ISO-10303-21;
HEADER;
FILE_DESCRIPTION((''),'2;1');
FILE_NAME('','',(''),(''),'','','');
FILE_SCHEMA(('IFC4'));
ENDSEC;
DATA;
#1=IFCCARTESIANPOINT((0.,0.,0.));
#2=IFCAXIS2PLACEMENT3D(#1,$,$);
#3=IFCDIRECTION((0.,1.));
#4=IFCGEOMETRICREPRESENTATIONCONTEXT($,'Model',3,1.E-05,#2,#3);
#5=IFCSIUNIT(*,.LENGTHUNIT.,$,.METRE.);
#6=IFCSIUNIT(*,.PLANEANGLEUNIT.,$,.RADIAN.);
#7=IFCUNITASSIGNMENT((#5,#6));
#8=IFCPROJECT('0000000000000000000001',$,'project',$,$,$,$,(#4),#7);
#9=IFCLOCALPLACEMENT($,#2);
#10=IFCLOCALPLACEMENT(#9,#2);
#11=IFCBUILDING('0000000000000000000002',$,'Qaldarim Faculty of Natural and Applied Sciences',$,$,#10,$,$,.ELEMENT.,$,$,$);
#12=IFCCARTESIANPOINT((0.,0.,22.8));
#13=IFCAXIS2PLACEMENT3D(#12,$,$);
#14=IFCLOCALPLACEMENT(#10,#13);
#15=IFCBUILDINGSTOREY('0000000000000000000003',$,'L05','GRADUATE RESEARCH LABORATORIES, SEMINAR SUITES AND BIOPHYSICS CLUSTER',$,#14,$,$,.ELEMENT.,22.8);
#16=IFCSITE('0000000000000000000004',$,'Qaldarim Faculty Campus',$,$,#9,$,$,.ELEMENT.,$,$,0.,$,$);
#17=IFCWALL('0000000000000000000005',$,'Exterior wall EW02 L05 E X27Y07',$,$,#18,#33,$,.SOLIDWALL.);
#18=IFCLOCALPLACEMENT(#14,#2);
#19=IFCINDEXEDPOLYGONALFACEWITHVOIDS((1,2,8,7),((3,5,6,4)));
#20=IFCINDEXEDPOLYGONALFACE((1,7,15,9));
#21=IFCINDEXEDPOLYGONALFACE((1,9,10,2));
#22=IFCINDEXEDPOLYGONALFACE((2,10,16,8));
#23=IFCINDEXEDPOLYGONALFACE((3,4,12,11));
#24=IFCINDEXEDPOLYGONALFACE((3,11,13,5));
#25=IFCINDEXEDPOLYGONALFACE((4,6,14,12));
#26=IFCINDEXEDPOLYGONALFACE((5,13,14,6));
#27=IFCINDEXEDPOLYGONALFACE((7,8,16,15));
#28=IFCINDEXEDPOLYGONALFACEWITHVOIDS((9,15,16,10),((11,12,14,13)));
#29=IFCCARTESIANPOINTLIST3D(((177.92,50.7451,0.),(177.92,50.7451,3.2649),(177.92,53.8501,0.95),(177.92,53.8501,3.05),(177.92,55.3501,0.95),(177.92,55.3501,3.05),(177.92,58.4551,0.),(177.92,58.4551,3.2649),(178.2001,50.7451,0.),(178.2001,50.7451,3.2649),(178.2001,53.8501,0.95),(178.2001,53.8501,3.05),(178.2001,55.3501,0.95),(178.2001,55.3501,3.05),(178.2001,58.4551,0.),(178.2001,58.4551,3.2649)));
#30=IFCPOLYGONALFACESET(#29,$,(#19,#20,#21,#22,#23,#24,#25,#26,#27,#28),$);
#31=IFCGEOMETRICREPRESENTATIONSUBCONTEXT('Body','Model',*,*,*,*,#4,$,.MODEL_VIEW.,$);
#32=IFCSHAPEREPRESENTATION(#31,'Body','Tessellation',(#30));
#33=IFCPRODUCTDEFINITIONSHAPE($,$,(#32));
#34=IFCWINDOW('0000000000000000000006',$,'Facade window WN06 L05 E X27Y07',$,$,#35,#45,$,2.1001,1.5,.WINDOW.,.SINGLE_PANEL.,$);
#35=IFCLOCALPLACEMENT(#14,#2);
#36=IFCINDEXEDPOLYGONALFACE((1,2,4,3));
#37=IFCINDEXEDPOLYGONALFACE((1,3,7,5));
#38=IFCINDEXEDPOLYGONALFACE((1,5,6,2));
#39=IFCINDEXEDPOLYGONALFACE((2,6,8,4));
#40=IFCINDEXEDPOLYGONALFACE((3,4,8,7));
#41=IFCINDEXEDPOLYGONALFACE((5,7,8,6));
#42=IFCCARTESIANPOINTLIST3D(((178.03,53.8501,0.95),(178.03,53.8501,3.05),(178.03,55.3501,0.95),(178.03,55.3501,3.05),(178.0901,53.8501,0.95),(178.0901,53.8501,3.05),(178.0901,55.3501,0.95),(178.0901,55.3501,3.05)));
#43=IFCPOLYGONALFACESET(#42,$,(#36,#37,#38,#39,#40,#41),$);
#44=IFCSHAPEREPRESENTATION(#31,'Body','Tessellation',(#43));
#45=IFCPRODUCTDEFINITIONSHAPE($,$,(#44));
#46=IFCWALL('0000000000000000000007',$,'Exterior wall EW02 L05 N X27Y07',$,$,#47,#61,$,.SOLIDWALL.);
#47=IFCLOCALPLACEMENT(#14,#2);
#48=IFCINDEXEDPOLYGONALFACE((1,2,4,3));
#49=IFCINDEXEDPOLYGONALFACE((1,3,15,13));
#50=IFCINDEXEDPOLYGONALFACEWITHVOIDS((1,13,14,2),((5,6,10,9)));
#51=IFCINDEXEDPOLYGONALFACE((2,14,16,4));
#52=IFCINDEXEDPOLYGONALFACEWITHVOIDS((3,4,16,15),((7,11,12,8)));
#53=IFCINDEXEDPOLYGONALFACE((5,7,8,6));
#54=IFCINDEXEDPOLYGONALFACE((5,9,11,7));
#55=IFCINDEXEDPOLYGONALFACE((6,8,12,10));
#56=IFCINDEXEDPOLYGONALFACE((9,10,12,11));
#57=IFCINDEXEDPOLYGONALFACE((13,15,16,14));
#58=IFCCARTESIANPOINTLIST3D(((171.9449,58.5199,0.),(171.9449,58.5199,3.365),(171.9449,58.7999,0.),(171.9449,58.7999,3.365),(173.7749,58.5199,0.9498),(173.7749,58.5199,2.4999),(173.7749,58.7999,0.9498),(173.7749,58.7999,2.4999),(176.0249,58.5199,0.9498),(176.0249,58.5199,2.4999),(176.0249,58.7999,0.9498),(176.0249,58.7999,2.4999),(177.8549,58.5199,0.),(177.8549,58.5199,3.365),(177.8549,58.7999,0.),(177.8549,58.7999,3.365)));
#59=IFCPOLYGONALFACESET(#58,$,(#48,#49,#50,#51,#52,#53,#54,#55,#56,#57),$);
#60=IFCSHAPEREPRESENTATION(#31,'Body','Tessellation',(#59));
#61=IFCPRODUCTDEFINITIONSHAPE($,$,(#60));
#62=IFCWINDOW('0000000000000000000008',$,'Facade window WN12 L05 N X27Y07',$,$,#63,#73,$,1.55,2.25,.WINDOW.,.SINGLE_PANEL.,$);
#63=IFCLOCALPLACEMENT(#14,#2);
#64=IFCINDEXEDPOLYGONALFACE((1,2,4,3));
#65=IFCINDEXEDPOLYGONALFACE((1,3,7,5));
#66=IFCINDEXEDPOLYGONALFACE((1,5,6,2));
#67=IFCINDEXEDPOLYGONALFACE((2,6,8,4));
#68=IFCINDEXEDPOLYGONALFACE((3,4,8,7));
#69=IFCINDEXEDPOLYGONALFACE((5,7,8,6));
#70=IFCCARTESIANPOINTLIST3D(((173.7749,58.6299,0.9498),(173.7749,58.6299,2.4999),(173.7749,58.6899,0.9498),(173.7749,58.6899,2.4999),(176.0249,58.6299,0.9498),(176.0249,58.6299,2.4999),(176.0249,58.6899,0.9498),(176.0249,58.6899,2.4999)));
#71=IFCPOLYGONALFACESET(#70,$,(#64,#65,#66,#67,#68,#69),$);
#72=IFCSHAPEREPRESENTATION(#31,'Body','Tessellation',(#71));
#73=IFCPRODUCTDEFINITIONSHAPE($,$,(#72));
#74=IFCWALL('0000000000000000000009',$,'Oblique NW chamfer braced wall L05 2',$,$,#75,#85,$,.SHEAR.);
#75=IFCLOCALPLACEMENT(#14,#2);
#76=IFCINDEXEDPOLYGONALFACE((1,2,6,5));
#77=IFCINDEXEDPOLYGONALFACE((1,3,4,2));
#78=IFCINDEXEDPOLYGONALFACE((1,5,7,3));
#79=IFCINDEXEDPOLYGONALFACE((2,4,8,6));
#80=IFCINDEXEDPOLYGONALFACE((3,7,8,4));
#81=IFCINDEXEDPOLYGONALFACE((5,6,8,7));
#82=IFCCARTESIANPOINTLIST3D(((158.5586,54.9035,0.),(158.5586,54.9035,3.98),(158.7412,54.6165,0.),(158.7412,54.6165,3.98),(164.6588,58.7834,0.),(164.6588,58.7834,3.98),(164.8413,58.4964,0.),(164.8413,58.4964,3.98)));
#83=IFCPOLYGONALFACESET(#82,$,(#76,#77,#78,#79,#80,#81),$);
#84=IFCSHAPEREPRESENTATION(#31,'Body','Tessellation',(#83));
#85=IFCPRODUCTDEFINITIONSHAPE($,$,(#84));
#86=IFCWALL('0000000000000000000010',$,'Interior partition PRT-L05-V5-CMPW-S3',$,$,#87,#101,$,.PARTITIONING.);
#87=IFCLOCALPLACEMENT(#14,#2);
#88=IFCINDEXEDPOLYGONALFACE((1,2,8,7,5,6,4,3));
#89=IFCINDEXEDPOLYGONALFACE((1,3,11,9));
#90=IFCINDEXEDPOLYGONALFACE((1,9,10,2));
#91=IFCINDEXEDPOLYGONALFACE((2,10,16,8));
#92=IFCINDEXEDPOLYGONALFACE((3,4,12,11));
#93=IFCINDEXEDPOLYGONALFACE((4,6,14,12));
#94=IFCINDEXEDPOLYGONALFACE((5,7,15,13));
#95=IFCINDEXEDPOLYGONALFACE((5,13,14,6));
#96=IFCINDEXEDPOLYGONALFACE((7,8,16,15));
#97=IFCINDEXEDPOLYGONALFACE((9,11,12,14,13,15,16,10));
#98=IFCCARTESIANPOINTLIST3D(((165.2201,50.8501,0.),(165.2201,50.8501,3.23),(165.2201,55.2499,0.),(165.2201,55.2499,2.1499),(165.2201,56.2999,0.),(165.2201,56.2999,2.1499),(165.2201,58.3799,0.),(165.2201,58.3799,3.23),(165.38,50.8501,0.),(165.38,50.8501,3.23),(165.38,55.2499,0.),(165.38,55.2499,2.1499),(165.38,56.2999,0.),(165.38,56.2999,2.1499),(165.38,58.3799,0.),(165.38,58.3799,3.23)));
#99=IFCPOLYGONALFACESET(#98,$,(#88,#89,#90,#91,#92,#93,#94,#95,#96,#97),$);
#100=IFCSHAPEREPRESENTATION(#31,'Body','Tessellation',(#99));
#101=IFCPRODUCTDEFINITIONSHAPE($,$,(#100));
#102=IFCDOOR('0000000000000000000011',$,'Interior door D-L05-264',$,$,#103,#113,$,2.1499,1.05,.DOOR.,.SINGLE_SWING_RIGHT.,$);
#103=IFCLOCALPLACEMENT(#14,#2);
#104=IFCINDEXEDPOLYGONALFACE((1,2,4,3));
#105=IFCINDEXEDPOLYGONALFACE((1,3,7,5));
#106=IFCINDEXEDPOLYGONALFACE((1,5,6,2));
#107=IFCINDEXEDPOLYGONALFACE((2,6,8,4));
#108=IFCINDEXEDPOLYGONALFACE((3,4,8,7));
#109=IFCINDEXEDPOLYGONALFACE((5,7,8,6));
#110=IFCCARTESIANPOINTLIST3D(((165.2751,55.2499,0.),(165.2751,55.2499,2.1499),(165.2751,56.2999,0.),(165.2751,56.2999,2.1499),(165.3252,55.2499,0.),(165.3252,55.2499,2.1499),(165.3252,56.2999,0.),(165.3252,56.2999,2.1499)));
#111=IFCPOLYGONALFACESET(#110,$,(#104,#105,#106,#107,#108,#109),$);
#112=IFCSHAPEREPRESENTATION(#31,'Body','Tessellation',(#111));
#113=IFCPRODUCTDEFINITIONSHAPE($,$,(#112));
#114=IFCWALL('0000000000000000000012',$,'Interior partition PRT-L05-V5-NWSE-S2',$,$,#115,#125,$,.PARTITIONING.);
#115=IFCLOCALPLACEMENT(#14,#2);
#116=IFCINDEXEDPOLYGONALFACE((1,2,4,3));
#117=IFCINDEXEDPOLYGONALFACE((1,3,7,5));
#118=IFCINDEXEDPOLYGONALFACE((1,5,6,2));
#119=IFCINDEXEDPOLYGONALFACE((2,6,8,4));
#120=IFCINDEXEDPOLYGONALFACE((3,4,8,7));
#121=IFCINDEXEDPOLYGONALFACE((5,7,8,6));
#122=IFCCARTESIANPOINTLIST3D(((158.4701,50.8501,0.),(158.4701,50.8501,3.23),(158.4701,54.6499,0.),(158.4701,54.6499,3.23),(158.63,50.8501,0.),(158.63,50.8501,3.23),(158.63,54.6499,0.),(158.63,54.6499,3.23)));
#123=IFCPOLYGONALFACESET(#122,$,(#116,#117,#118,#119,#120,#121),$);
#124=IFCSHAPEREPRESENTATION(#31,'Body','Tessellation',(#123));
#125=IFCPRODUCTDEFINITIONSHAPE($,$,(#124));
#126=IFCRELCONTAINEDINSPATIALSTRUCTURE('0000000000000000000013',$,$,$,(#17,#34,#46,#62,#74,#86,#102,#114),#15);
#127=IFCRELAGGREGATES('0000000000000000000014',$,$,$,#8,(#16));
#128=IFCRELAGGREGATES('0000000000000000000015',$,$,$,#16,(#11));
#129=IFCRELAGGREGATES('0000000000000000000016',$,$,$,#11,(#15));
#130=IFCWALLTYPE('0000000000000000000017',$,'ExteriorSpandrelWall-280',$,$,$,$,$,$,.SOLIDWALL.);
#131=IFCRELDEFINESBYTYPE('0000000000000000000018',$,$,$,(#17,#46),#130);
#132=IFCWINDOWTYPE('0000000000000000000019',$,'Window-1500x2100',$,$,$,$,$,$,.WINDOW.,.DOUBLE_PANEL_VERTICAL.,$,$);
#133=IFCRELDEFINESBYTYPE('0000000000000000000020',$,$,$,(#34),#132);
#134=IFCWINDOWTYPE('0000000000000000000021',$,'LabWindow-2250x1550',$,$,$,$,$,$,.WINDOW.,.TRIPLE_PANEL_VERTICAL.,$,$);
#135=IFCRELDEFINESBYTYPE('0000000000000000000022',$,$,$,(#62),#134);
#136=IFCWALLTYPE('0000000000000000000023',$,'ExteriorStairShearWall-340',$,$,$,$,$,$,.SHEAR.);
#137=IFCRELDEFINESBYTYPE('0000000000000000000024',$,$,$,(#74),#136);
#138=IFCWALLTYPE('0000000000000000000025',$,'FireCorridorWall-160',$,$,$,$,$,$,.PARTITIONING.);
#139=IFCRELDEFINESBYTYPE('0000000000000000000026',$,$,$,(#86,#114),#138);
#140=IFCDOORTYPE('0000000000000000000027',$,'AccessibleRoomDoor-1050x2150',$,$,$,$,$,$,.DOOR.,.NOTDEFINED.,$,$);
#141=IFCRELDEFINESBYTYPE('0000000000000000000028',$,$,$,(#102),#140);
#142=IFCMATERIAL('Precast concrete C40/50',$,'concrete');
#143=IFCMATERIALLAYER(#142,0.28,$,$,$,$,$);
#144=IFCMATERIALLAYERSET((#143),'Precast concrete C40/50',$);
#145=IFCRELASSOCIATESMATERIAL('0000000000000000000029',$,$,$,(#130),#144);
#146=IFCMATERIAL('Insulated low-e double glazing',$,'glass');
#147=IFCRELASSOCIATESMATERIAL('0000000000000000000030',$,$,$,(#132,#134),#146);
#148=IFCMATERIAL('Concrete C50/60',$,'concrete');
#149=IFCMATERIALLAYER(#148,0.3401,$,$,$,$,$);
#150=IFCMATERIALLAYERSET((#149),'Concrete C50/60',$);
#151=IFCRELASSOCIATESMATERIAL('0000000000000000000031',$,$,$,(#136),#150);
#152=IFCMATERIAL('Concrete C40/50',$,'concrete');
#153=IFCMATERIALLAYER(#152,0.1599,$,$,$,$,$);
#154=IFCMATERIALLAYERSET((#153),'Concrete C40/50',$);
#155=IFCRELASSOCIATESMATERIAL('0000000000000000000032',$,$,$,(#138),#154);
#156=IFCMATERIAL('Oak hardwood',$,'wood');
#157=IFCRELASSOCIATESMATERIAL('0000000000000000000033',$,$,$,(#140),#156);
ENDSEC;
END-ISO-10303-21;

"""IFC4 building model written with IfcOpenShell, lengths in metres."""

from ifc_helpers import new_model, si_unit, direction, frame, frame_2d, origin, place, context, subcontext, project, spatial, rectangle, extrude, material, layer, layer_set, type_object, element, fill, save


model = new_model("IFC4")

# Units and contexts
model_context = context("Model", 3, precision=1e-05, world=origin(), true_north=direction((0.0, 1.0)))
body_context = subcontext(model_context, "Body", "Model", "MODEL_VIEW")
ifc_project = project(units=[si_unit("LENGTHUNIT", "METRE"), si_unit("PLANEANGLEUNIT", "RADIAN")], contexts=[model_context])

# Site, building, storey
site_placement = place(None, origin())
site = spatial("IfcSite", under=ifc_project, at=site_placement, Name="Qaldarim Faculty Campus", CompositionType="ELEMENT", RefElevation=0.0)
building_placement = place(site_placement, origin())
building = spatial("IfcBuilding", under=site, at=building_placement, Name="Qaldarim Faculty of Natural and Applied Sciences", CompositionType="ELEMENT")
storey_placement = place(building_placement, frame((0.0, 0.0, 22.8)))
storey = spatial("IfcBuildingStorey", under=building, at=storey_placement, Name="L05", Description="GRADUATE RESEARCH LABORATORIES, SEMINAR SUITES AND BIOPHYSICS CLUSTER", CompositionType="ELEMENT", Elevation=22.8)

# Shared definitions
ifc_material_1 = material(Name="Concrete C50/60", Category="concrete")

# Shared definitions
ifc_material_2 = material(Name="Concrete C40/50", Category="concrete")

# Shared definitions
ifc_material_3 = material(Name="Precast concrete C40/50", Category="concrete")

# Shared definitions
ifc_material_4 = material(Name="Oak hardwood", Category="wood")

# Walls, openings, windows
ifc_layer_1 = layer(ifc_material_3, 0.28)
ifc_layer_set_1 = layer_set([ifc_layer_1], Name="Precast concrete C40/50")
wall_type_1 = type_object("IfcWallType", Name="ExteriorSpandrelWall-280", PredefinedType="SOLIDWALL", material=ifc_layer_set_1)
ifc_material_5 = material(Name="Insulated low-e double glazing", Category="glass")
wall_1_placement = place(storey_placement, frame((178.0601, 50.7451, 0.0), z_axis=(0.0, 0.0, 1.0), x_axis=(0.0, 1.0, 0.0)))
wall_1 = element("IfcWall", 1, at=wall_1_placement, inside=storey, type_object=wall_type_1, Name="Exterior wall EW02 L05 E X27Y07", PredefinedType="SOLIDWALL", context=body_context, shape_type="SweptSolid", body=[
    extrude(rectangle(XDim=7.71, YDim=0.28, at=frame_2d((3.855, 0.0))), origin(), (0.0, 0.0, 1.0), 3.2649),
])
opening_1_placement = place(wall_1_placement, frame((3.105, 0.0, 0.95)))
opening_1 = element("IfcOpeningElement", 2, at=opening_1_placement, cuts=wall_1, PredefinedType="OPENING", context=body_context, shape_type="SweptSolid", body=[
    extrude(rectangle(XDim=1.5, YDim=2.1001, at=frame_2d((0.75, 1.05))), frame((0.0, 0.1499, 0.0), z_axis=(0.0, -1.0, 0.0), x_axis=(1.0, 0.0, 0.0)), (0.0, 0.0, 1.0), 0.3),
])
window_type_1 = type_object("IfcWindowType", Name="Window-1500x2100", PartitioningType="DOUBLE_PANEL_VERTICAL", PredefinedType="WINDOW", material=ifc_material_5)
window_1_placement = place(opening_1_placement, origin())
window_1 = element("IfcWindow", 3, at=window_1_placement, inside=storey, type_object=window_type_1, Name="Facade window WN06 L05 E X27Y07", OverallHeight=2.1001, OverallWidth=1.5, PartitioningType="SINGLE_PANEL", PredefinedType="WINDOW", context=body_context, shape_type="SweptSolid", body=[
    extrude(rectangle(XDim=1.5, YDim=2.1001, at=frame_2d((0.75, 1.05))), frame((0.0, 0.03, 0.0), z_axis=(0.0, -1.0, 0.0), x_axis=(1.0, 0.0, 0.0)), (0.0, 0.0, 1.0), 0.0601),
])
fill(opening_1, window_1)
wall_2_placement = place(storey_placement, frame((177.855, 58.6599, 0.0), z_axis=(0.0, 0.0, 1.0), x_axis=(-1.0, 0.0, 0.0)))
wall_2 = element("IfcWall", 4, at=wall_2_placement, inside=storey, type_object=wall_type_1, Name="Exterior wall EW02 L05 N X27Y07", PredefinedType="SOLIDWALL", context=body_context, shape_type="SweptSolid", body=[
    extrude(rectangle(XDim=5.9099, YDim=0.28, at=frame_2d((2.9551, 0.0))), origin(), (0.0, 0.0, 1.0), 3.365),
])
opening_2_placement = place(wall_2_placement, frame((1.8301, 0.0, 0.95)))
opening_2 = element("IfcOpeningElement", 5, at=opening_2_placement, cuts=wall_2, PredefinedType="OPENING", context=body_context, shape_type="SweptSolid", body=[
    extrude(rectangle(XDim=2.25, YDim=1.55, at=frame_2d((1.125, 0.7749))), frame((0.0, 0.1499, 0.0), z_axis=(0.0, -1.0, 0.0), x_axis=(1.0, 0.0, 0.0)), (0.0, 0.0, 1.0), 0.3),
])
window_type_2 = type_object("IfcWindowType", Name="LabWindow-2250x1550", PartitioningType="TRIPLE_PANEL_VERTICAL", PredefinedType="WINDOW", material=ifc_material_5)
window_2_placement = place(opening_2_placement, origin())
window_2 = element("IfcWindow", 6, at=window_2_placement, inside=storey, type_object=window_type_2, Name="Facade window WN12 L05 N X27Y07", OverallHeight=1.55, OverallWidth=2.25, PartitioningType="SINGLE_PANEL", PredefinedType="WINDOW", context=body_context, shape_type="SweptSolid", body=[
    extrude(rectangle(XDim=2.25, YDim=1.55, at=frame_2d((1.125, 0.7749))), frame((0.0, 0.03, 0.0), z_axis=(0.0, -1.0, 0.0), x_axis=(1.0, 0.0, 0.0)), (0.0, 0.0, 1.0), 0.0601),
])
fill(opening_2, window_2)

# Wall
ifc_layer_2 = layer(ifc_material_1, 0.3401)
ifc_layer_set_2 = layer_set([ifc_layer_2], Name="Concrete C50/60")
wall_type_2 = type_object("IfcWallType", Name="ExteriorStairShearWall-340", PredefinedType="SHEAR", material=ifc_layer_set_2)
wall_3_placement = place(storey_placement, frame((158.6499, 54.76, 0.0), z_axis=(0.0, 0.0, 1.0), x_axis=(0.843787, 0.536679, 0.0)))
element("IfcWall", 7, at=wall_3_placement, inside=storey, type_object=wall_type_2, Name="Oblique NW chamfer braced wall L05 2", PredefinedType="SHEAR", context=body_context, shape_type="SweptSolid", body=[
    extrude(rectangle(XDim=7.2295, YDim=0.3401, at=frame_2d((3.6147, 0.0))), origin(), (0.0, 0.0, 1.0), 3.98),
])

# Wall, opening, door
ifc_layer_3 = layer(ifc_material_2, 0.1599)
ifc_layer_set_3 = layer_set([ifc_layer_3], Name="Concrete C40/50")
wall_type_3 = type_object("IfcWallType", Name="FireCorridorWall-160", PredefinedType="PARTITIONING", material=ifc_layer_set_3)
wall_4_placement = place(storey_placement, frame((165.3, 50.8501, 0.0), z_axis=(0.0, 0.0, 1.0), x_axis=(0.0, 1.0, 0.0)))
wall_4 = element("IfcWall", 8, at=wall_4_placement, inside=storey, type_object=wall_type_3, Name="Interior partition PRT-L05-V5-CMPW-S3", PredefinedType="PARTITIONING", context=body_context, shape_type="SweptSolid", body=[
    extrude(rectangle(XDim=7.5298, YDim=0.1599, at=frame_2d((3.7649, 0.0))), origin(), (0.0, 0.0, 1.0), 3.23),
])
opening_3_placement = place(wall_4_placement, frame((4.3999, 0.0, 0.0)))
opening_3 = element("IfcOpeningElement", 9, at=opening_3_placement, cuts=wall_4, PredefinedType="OPENING", context=body_context, shape_type="SweptSolid", body=[
    extrude(rectangle(XDim=1.05, YDim=2.1499, at=frame_2d((0.5249, 1.075))), frame((0.0, 0.0898, 0.0), z_axis=(0.0, -1.0, 0.0), x_axis=(1.0, 0.0, 0.0)), (0.0, 0.0, 1.0), 0.1799),
])
door_type_1 = type_object("IfcDoorType", Name="AccessibleRoomDoor-1050x2150", OperationType="NOTDEFINED", PredefinedType="DOOR", material=ifc_material_4)
door_1_placement = place(opening_3_placement, origin())
door_1 = element("IfcDoor", 10, at=door_1_placement, inside=storey, type_object=door_type_1, Name="Interior door D-L05-264", OperationType="SINGLE_SWING_RIGHT", OverallHeight=2.1499, OverallWidth=1.05, PredefinedType="DOOR", context=body_context, shape_type="SweptSolid", body=[
    extrude(rectangle(XDim=1.05, YDim=2.1499, at=frame_2d((0.5249, 1.075))), frame((0.0, 0.0249, 0.0), z_axis=(0.0, -1.0, 0.0), x_axis=(1.0, 0.0, 0.0)), (0.0, 0.0, 1.0), 0.05),
])
fill(opening_3, door_1)

# Wall
wall_5_placement = place(storey_placement, frame((158.55, 50.8501, 0.0), z_axis=(0.0, 0.0, 1.0), x_axis=(0.0, 1.0, 0.0)))
element("IfcWall", 11, at=wall_5_placement, inside=storey, type_object=wall_type_3, Name="Interior partition PRT-L05-V5-NWSE-S2", PredefinedType="PARTITIONING", context=body_context, shape_type="SweptSolid", body=[
    extrude(rectangle(XDim=3.7998, YDim=0.1599, at=frame_2d((1.8999, 0.0))), origin(), (0.0, 0.0, 1.0), 3.23),
])

save(model, "model.ifc")
